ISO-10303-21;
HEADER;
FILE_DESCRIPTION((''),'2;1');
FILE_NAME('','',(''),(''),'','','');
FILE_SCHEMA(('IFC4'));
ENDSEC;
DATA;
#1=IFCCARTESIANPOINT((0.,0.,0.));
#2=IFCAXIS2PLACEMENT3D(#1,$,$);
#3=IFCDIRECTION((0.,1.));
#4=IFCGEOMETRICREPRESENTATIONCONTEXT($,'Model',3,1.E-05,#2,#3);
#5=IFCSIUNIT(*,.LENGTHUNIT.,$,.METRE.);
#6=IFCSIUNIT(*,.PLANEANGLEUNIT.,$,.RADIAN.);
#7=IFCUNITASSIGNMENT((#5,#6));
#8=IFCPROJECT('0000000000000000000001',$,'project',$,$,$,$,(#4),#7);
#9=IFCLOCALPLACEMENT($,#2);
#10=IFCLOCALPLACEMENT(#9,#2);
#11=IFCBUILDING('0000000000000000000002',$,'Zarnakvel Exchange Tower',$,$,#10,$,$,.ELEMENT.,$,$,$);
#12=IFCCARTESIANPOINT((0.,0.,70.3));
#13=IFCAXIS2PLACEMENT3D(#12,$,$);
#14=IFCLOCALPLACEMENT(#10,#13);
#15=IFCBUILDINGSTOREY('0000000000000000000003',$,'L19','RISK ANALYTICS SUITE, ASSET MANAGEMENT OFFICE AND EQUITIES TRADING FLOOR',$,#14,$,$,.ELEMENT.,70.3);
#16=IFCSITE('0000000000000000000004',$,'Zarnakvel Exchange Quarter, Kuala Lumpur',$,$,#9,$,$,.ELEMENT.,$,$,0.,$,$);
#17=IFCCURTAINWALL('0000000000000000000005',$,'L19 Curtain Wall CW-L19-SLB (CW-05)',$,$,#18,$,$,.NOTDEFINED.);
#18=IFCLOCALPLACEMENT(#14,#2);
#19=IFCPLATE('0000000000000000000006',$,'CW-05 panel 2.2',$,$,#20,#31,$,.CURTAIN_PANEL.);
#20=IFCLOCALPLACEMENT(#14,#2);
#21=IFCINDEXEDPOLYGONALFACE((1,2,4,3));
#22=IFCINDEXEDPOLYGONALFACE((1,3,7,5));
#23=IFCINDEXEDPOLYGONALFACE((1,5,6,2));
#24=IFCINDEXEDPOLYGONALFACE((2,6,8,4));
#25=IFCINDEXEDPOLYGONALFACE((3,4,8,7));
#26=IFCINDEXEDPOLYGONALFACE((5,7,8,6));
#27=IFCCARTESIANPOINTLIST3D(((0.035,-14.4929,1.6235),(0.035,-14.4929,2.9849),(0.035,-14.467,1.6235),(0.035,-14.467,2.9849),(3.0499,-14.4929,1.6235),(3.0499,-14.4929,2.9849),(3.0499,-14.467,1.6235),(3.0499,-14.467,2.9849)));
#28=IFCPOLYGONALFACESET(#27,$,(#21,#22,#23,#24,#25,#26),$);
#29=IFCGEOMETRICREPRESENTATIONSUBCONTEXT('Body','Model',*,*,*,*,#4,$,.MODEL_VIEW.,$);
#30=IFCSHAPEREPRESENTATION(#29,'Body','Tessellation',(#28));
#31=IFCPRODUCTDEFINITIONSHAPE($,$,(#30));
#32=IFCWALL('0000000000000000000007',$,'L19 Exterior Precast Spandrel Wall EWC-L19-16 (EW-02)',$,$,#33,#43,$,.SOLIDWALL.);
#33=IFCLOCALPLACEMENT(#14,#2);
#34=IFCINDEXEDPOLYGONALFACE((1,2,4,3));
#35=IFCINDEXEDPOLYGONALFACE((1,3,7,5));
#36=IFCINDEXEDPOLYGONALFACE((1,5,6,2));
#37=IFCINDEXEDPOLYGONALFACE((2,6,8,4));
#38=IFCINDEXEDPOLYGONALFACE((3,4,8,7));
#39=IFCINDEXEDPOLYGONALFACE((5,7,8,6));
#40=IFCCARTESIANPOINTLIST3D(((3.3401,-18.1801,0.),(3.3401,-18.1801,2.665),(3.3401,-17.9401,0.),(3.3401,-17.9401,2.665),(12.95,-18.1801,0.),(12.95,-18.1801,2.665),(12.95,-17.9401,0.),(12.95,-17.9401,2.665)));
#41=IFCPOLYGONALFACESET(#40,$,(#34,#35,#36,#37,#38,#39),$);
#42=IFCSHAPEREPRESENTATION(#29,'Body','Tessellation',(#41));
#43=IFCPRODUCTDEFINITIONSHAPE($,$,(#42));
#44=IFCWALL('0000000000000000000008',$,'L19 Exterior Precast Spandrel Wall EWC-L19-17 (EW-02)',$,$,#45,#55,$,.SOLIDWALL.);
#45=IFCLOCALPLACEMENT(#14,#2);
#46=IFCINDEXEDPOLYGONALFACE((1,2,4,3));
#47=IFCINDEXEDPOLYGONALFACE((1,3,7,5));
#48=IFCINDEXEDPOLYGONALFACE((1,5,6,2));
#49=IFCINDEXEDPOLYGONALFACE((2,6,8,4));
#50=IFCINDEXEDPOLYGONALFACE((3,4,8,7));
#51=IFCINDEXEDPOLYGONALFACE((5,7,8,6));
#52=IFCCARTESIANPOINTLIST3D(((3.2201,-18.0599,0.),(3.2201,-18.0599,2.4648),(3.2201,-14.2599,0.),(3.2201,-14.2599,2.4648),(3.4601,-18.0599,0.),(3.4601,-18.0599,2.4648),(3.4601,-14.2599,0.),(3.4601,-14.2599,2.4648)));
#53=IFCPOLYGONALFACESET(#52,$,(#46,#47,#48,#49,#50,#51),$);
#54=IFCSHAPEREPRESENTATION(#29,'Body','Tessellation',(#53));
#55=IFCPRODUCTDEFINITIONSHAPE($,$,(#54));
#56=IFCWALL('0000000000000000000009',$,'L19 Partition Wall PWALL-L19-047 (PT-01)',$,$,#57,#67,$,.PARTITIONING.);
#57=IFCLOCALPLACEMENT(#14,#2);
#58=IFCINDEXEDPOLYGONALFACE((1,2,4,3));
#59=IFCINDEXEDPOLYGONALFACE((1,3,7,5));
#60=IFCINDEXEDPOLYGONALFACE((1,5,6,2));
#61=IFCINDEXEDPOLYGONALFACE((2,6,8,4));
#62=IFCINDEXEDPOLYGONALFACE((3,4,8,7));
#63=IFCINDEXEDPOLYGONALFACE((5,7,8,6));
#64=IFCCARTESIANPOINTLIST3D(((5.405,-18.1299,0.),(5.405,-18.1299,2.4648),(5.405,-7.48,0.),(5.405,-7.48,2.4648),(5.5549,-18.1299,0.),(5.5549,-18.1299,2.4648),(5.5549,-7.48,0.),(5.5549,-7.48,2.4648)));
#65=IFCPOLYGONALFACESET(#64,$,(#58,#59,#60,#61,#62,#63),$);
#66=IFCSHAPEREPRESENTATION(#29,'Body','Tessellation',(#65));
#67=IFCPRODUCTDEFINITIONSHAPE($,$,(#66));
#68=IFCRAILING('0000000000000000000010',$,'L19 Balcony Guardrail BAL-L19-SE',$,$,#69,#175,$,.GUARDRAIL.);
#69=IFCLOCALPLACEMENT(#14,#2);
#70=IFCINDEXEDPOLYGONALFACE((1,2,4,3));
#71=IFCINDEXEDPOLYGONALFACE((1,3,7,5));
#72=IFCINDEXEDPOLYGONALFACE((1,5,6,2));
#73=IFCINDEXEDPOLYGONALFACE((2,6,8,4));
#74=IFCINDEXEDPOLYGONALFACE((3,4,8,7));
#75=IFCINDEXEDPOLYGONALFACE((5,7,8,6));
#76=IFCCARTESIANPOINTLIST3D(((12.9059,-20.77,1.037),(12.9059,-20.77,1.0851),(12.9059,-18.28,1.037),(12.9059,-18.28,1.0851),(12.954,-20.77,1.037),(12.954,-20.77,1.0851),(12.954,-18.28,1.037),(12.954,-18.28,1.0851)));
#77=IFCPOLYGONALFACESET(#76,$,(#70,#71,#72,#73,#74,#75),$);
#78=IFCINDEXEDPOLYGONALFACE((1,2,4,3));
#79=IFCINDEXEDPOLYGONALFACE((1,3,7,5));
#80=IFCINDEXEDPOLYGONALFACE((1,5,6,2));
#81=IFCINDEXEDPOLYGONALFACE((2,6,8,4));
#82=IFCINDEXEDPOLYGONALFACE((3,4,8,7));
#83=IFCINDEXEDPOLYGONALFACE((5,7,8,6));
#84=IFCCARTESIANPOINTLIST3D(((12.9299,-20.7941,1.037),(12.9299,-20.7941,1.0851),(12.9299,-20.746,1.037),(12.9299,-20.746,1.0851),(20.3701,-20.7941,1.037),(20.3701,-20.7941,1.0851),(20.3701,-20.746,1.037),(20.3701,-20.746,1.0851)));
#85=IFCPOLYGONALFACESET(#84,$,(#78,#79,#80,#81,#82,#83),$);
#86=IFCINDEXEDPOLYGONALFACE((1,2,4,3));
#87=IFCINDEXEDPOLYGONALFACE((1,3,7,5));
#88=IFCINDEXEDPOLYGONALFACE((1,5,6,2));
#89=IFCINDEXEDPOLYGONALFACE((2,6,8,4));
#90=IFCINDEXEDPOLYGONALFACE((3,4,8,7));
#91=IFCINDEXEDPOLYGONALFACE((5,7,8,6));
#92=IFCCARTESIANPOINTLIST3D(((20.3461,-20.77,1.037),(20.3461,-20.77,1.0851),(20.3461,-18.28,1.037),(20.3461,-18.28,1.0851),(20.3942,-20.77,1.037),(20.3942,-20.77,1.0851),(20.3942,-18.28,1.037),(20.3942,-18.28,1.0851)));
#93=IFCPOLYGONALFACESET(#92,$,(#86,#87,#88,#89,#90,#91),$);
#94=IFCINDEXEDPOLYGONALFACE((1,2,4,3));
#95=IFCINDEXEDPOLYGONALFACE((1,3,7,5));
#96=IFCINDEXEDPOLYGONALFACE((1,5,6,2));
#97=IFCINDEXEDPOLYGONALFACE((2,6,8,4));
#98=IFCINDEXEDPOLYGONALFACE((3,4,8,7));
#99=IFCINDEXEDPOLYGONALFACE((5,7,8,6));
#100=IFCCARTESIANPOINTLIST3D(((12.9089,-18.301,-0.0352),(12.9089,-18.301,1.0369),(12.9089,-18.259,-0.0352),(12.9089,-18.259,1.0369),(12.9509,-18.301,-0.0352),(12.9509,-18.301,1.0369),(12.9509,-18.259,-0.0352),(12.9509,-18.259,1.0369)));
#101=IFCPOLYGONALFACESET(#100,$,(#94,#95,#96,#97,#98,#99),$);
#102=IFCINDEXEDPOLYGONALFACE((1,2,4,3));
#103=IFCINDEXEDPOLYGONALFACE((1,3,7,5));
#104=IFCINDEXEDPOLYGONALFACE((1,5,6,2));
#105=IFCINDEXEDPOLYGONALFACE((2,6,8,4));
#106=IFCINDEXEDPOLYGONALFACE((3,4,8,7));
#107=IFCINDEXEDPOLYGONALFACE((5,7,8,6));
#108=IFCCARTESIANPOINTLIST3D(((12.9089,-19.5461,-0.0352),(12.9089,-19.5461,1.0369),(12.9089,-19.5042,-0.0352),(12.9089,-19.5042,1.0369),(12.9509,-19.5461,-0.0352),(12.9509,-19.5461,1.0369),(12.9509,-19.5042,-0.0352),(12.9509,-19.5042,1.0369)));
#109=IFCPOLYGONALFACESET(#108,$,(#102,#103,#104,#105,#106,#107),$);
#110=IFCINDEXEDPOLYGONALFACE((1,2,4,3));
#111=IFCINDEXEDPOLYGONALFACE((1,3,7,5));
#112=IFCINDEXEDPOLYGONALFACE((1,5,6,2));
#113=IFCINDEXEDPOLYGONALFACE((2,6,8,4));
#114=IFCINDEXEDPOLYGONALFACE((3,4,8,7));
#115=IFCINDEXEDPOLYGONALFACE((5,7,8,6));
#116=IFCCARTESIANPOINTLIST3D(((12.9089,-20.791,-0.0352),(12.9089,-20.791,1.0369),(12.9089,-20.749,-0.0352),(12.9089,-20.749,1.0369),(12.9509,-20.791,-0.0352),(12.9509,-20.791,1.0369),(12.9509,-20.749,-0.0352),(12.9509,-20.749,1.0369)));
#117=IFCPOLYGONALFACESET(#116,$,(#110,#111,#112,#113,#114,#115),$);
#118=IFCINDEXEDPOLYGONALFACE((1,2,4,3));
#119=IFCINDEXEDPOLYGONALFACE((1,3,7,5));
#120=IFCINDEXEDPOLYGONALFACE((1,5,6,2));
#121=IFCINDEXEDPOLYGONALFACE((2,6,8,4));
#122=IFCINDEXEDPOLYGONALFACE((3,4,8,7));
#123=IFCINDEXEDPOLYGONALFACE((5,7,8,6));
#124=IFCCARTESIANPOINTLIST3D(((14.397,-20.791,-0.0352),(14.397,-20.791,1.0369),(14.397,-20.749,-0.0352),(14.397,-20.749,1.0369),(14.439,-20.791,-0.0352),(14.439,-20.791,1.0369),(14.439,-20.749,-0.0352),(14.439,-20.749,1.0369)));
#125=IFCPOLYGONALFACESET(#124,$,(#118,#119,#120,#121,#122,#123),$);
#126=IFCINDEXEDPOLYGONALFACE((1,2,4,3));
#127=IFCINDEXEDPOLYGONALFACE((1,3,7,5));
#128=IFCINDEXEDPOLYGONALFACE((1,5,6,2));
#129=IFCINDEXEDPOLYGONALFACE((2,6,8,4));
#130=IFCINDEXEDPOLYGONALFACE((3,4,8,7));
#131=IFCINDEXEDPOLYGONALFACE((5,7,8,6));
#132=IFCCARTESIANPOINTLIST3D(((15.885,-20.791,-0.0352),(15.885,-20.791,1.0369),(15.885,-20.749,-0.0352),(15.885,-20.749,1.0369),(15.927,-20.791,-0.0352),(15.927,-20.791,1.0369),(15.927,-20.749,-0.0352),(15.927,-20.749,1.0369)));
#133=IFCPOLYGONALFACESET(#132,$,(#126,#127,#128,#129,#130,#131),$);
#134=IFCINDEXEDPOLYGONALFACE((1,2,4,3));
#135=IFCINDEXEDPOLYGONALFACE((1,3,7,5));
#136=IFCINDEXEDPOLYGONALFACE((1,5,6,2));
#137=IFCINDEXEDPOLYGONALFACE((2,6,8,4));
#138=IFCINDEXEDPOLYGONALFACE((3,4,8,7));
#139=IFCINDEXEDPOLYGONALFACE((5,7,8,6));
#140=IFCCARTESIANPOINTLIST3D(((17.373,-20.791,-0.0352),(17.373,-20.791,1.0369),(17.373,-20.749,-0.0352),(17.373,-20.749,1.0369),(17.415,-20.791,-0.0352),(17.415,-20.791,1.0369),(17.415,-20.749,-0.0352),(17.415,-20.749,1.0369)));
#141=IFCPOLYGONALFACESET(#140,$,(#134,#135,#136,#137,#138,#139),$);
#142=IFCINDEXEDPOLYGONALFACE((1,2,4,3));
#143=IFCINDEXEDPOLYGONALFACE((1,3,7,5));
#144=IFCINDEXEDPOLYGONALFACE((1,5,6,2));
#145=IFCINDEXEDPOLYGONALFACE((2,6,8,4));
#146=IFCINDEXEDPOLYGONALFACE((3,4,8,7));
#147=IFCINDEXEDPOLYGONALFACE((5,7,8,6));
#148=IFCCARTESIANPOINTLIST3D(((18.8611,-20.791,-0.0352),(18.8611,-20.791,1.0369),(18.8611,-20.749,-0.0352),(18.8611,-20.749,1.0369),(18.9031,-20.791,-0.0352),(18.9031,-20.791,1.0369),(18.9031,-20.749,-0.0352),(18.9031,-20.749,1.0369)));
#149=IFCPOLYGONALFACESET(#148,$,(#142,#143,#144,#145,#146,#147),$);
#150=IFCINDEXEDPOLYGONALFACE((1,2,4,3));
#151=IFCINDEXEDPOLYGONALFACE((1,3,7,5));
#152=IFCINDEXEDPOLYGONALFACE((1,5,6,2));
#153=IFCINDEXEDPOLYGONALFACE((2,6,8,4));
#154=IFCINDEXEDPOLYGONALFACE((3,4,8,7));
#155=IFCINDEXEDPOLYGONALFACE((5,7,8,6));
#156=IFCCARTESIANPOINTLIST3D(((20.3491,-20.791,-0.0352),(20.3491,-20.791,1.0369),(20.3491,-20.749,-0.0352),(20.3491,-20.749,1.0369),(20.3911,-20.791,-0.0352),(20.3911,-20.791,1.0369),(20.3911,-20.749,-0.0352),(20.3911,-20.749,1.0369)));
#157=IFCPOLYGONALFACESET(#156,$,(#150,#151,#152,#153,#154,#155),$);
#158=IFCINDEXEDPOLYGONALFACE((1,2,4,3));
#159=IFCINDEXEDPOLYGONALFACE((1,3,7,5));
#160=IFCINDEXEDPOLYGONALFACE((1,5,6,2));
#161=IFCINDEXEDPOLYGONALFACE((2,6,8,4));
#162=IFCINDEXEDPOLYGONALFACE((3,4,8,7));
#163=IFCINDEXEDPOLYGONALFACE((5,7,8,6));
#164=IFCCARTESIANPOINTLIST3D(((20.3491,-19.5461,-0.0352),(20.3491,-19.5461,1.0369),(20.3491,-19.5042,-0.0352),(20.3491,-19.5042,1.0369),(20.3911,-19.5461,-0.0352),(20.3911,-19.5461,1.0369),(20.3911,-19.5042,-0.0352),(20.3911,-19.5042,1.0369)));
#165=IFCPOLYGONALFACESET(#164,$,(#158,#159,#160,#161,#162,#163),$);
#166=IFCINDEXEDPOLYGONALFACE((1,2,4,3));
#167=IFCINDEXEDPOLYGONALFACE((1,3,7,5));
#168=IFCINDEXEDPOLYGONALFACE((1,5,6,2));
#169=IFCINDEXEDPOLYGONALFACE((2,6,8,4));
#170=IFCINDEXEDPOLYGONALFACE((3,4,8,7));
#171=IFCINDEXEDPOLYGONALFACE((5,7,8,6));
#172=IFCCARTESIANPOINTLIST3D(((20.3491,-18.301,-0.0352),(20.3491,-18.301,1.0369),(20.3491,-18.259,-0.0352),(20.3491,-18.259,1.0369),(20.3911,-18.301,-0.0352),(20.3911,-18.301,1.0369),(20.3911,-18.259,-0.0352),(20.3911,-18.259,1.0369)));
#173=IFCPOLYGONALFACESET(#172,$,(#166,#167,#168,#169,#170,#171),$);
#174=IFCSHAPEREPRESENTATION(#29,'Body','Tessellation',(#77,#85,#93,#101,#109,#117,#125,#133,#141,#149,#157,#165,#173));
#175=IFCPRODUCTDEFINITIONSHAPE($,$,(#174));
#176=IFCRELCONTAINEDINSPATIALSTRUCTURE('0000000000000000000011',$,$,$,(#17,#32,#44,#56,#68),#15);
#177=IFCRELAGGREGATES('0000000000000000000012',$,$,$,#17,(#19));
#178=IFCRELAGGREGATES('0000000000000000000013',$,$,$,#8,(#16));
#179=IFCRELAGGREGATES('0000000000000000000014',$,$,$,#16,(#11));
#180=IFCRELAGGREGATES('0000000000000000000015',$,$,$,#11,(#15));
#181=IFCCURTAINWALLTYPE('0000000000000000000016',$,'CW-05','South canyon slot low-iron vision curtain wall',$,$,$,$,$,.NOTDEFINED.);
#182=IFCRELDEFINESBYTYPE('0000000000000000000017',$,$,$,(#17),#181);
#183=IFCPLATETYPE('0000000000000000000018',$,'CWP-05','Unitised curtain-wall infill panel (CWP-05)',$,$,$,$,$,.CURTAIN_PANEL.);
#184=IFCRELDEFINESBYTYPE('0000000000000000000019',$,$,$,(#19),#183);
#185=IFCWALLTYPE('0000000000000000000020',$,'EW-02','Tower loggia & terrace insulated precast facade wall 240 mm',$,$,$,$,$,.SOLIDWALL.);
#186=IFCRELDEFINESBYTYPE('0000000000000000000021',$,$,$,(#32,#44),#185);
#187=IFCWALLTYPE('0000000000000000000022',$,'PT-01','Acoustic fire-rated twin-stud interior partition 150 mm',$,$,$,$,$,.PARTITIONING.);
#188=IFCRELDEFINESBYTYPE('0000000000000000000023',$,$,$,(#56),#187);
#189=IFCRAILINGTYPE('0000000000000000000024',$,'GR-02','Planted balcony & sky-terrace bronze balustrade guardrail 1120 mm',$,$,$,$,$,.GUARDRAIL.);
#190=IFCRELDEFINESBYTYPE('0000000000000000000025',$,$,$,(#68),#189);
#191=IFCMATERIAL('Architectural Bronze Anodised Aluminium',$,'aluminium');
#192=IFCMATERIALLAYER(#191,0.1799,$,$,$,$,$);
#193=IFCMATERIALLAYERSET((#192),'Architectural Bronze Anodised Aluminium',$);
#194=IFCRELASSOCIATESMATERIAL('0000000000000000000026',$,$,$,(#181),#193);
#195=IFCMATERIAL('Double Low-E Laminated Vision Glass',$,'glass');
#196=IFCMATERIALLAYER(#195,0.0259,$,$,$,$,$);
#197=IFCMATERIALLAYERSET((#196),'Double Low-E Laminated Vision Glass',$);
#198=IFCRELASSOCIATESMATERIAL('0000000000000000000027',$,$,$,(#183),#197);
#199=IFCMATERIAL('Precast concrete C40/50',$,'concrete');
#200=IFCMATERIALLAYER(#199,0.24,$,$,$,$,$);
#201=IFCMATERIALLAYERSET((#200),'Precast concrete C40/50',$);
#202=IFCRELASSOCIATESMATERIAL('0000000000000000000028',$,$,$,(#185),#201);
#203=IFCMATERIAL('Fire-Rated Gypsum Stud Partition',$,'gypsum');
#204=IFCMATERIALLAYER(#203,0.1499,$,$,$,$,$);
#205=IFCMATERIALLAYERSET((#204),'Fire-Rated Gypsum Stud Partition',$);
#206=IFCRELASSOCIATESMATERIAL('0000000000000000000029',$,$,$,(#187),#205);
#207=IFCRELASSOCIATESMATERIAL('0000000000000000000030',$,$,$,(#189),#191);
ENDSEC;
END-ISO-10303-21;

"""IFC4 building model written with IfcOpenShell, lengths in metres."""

from ifc_helpers import new_model, si_unit, direction, frame, frame_2d, origin, origin_2d, place, context, subcontext, project, spatial, rectangle, extrude, source, transform, mapped, material, layer, layer_set, type_object, element, aggregate, save


model = new_model("IFC4")

# Units and contexts
model_context = context("Model", 3, precision=1e-05, world=origin(), true_north=direction((0.0, 1.0)))
body_context = subcontext(model_context, "Body", "Model", "MODEL_VIEW")
ifc_project = project(units=[si_unit("LENGTHUNIT", "METRE"), si_unit("PLANEANGLEUNIT", "RADIAN")], contexts=[model_context])

# Site, building, storey
site_placement = place(None, origin())
site = spatial("IfcSite", under=ifc_project, at=site_placement, Name="Zarnakvel Exchange Quarter, Kuala Lumpur", CompositionType="ELEMENT", RefElevation=0.0)
building_placement = place(site_placement, origin())
building = spatial("IfcBuilding", under=site, at=building_placement, Name="Zarnakvel Exchange Tower", CompositionType="ELEMENT")
storey_placement = place(building_placement, frame((0.0, 0.0, 70.3)))
storey = spatial("IfcBuildingStorey", under=building, at=storey_placement, Name="L19", Description="RISK ANALYTICS SUITE, ASSET MANAGEMENT OFFICE AND EQUITIES TRADING FLOOR", CompositionType="ELEMENT", Elevation=70.3)

# Curtain wall
ifc_material_1 = material(Name="Architectural Bronze Anodised Aluminium", Category="aluminium")
ifc_layer_1 = layer(ifc_material_1, 0.1799)
ifc_layer_set_1 = layer_set([ifc_layer_1], Name="Architectural Bronze Anodised Aluminium")
curtain_wall_type = type_object("IfcCurtainWallType", Name="CW-05", Description="South canyon slot low-iron vision curtain wall", PredefinedType="NOTDEFINED", material=ifc_layer_set_1)
curtain_wall_1_placement = place(storey_placement, origin())
curtain_wall_1 = element("IfcCurtainWall", 1, at=curtain_wall_1_placement, inside=storey, type_object=curtain_wall_type, Name="L19 Curtain Wall CW-L19-SLB (CW-05)", PredefinedType="NOTDEFINED")

# Plate
ifc_material_2 = material(Name="Double Low-E Laminated Vision Glass", Category="glass")
ifc_layer_2 = layer(ifc_material_2, 0.0259)
ifc_layer_set_2 = layer_set([ifc_layer_2], Name="Double Low-E Laminated Vision Glass")
plate_type = type_object("IfcPlateType", Name="CWP-05", Description="Unitised curtain-wall infill panel (CWP-05)", PredefinedType="CURTAIN_PANEL", material=ifc_layer_set_2)
shared_shape_1 = source(origin(), body_context, "Body", "SweptSolid", [
    extrude(rectangle(XDim=3.0149, YDim=0.0259, at=origin_2d()), origin(), (0.0, 0.0, 1.0), 1.3613),
])
plate_1_placement = place(storey_placement, frame((1.5425, -14.48, 1.6235), z_axis=(0.0, 0.0, 1.0), x_axis=(1.0, 0.0, 0.0)))
plate_1 = element("IfcPlate", 2, at=plate_1_placement, type_object=plate_type, Name="CW-05 panel 2.2", PredefinedType="CURTAIN_PANEL", context=body_context, shape_type="MappedRepresentation", body=[
    mapped(shared_shape_1, transform((0.0, 0.0, 0.0), x_axis=(1.0, 0.0, 0.0), y_axis=(0.0, 1.0, 0.0), z_axis=(0.0, 0.0, 1.0), scale=1.0)),
])
aggregate(curtain_wall_1, [plate_1])

# Walls
ifc_material_3 = material(Name="Precast concrete C40/50", Category="concrete")
ifc_layer_3 = layer(ifc_material_3, 0.24)
ifc_layer_set_3 = layer_set([ifc_layer_3], Name="Precast concrete C40/50")
wall_type_1 = type_object("IfcWallType", Name="EW-02", Description="Tower loggia & terrace insulated precast facade wall 240 mm", PredefinedType="SOLIDWALL", material=ifc_layer_set_3)
wall_1_placement = place(storey_placement, frame((3.3401, -18.0601, 0.0), z_axis=(0.0, 0.0, 1.0), x_axis=(1.0, 0.0, 0.0)))
element("IfcWall", 3, at=wall_1_placement, inside=storey, type_object=wall_type_1, Name="L19 Exterior Precast Spandrel Wall EWC-L19-16 (EW-02)", PredefinedType="SOLIDWALL", context=body_context, shape_type="SweptSolid", body=[
    extrude(rectangle(XDim=9.6099, YDim=0.24, at=frame_2d((4.8049, 0.0))), origin(), (0.0, 0.0, 1.0), 2.665),
])
wall_2_placement = place(storey_placement, frame((3.3401, -14.26, 0.0), z_axis=(0.0, 0.0, 1.0), x_axis=(0.0, -1.0, 0.0)))
element("IfcWall", 4, at=wall_2_placement, inside=storey, type_object=wall_type_1, Name="L19 Exterior Precast Spandrel Wall EWC-L19-17 (EW-02)", PredefinedType="SOLIDWALL", context=body_context, shape_type="SweptSolid", body=[
    extrude(rectangle(XDim=3.8, YDim=0.24, at=frame_2d((1.8999, 0.0))), origin(), (0.0, 0.0, 1.0), 2.4648),
])
ifc_material_4 = material(Name="Fire-Rated Gypsum Stud Partition", Category="gypsum")
ifc_layer_4 = layer(ifc_material_4, 0.1499)
ifc_layer_set_4 = layer_set([ifc_layer_4], Name="Fire-Rated Gypsum Stud Partition")
wall_type_2 = type_object("IfcWallType", Name="PT-01", Description="Acoustic fire-rated twin-stud interior partition 150 mm", PredefinedType="PARTITIONING", material=ifc_layer_set_4)
wall_3_placement = place(storey_placement, frame((5.48, -18.1299, 0.0), z_axis=(0.0, 0.0, 1.0), x_axis=(0.0, 1.0, 0.0)))
element("IfcWall", 5, at=wall_3_placement, inside=storey, type_object=wall_type_2, Name="L19 Partition Wall PWALL-L19-047 (PT-01)", PredefinedType="PARTITIONING", context=body_context, shape_type="SweptSolid", body=[
    extrude(rectangle(XDim=10.6499, YDim=0.1499, at=frame_2d((5.325, 0.0))), origin(), (0.0, 0.0, 1.0), 2.4648),
])

# Railing
railing_type = type_object("IfcRailingType", Name="GR-02", Description="Planted balcony & sky-terrace bronze balustrade guardrail 1120 mm", PredefinedType="GUARDRAIL", material=ifc_material_1)
railing_placement = place(storey_placement, frame((12.9299, -18.28, -0.0352)))
element("IfcRailing", 6, at=railing_placement, inside=storey, type_object=railing_type, Name="L19 Balcony Guardrail BAL-L19-SE", PredefinedType="GUARDRAIL", context=body_context, shape_type="SweptSolid", body=[
    extrude(rectangle(XDim=0.0481, YDim=0.0481, at=origin_2d()), frame((0.0, 0.0, 1.0962), z_axis=(0.0, -1.0, 0.0), x_axis=(1.0, 0.0, 0.0)), (0.0, 0.0, 1.0), 2.49),
    extrude(rectangle(XDim=0.0481, YDim=0.0481, at=origin_2d()), frame((0.0, -2.49, 1.0962), z_axis=(1.0, 0.0, 0.0), x_axis=(0.0, 1.0, 0.0)), (0.0, 0.0, 1.0), 7.4402),
    extrude(rectangle(XDim=0.0481, YDim=0.0481, at=origin_2d()), frame((7.4402, -2.49, 1.0962), z_axis=(0.0, 1.0, 0.0), x_axis=(-1.0, 0.0, 0.0)), (0.0, 0.0, 1.0), 2.49),
    extrude(rectangle(XDim=0.042, YDim=0.042, at=origin_2d()), origin(), (0.0, 0.0, 1.0), 1.072),
    extrude(rectangle(XDim=0.042, YDim=0.042, at=origin_2d()), frame((0.0, -1.2451, 0.0)), (0.0, 0.0, 1.0), 1.072),
    extrude(rectangle(XDim=0.042, YDim=0.042, at=origin_2d()), frame((0.0, -2.49, 0.0)), (0.0, 0.0, 1.0), 1.072),
    extrude(rectangle(XDim=0.042, YDim=0.042, at=origin_2d()), frame((1.488, -2.49, 0.0)), (0.0, 0.0, 1.0), 1.072),
    extrude(rectangle(XDim=0.042, YDim=0.042, at=origin_2d()), frame((2.9761, -2.49, 0.0)), (0.0, 0.0, 1.0), 1.072),
    extrude(rectangle(XDim=0.042, YDim=0.042, at=origin_2d()), frame((4.4641, -2.49, 0.0)), (0.0, 0.0, 1.0), 1.072),
    extrude(rectangle(XDim=0.042, YDim=0.042, at=origin_2d()), frame((5.9521, -2.49, 0.0)), (0.0, 0.0, 1.0), 1.072),
    extrude(rectangle(XDim=0.042, YDim=0.042, at=origin_2d()), frame((7.4402, -2.49, 0.0)), (0.0, 0.0, 1.0), 1.072),
    extrude(rectangle(XDim=0.042, YDim=0.042, at=origin_2d()), frame((7.4402, -1.2451, 0.0)), (0.0, 0.0, 1.0), 1.072),
    extrude(rectangle(XDim=0.042, YDim=0.042, at=origin_2d()), frame((7.4402, 0.0, 0.0)), (0.0, 0.0, 1.0), 1.072),
])

save(model, "model.ifc")
